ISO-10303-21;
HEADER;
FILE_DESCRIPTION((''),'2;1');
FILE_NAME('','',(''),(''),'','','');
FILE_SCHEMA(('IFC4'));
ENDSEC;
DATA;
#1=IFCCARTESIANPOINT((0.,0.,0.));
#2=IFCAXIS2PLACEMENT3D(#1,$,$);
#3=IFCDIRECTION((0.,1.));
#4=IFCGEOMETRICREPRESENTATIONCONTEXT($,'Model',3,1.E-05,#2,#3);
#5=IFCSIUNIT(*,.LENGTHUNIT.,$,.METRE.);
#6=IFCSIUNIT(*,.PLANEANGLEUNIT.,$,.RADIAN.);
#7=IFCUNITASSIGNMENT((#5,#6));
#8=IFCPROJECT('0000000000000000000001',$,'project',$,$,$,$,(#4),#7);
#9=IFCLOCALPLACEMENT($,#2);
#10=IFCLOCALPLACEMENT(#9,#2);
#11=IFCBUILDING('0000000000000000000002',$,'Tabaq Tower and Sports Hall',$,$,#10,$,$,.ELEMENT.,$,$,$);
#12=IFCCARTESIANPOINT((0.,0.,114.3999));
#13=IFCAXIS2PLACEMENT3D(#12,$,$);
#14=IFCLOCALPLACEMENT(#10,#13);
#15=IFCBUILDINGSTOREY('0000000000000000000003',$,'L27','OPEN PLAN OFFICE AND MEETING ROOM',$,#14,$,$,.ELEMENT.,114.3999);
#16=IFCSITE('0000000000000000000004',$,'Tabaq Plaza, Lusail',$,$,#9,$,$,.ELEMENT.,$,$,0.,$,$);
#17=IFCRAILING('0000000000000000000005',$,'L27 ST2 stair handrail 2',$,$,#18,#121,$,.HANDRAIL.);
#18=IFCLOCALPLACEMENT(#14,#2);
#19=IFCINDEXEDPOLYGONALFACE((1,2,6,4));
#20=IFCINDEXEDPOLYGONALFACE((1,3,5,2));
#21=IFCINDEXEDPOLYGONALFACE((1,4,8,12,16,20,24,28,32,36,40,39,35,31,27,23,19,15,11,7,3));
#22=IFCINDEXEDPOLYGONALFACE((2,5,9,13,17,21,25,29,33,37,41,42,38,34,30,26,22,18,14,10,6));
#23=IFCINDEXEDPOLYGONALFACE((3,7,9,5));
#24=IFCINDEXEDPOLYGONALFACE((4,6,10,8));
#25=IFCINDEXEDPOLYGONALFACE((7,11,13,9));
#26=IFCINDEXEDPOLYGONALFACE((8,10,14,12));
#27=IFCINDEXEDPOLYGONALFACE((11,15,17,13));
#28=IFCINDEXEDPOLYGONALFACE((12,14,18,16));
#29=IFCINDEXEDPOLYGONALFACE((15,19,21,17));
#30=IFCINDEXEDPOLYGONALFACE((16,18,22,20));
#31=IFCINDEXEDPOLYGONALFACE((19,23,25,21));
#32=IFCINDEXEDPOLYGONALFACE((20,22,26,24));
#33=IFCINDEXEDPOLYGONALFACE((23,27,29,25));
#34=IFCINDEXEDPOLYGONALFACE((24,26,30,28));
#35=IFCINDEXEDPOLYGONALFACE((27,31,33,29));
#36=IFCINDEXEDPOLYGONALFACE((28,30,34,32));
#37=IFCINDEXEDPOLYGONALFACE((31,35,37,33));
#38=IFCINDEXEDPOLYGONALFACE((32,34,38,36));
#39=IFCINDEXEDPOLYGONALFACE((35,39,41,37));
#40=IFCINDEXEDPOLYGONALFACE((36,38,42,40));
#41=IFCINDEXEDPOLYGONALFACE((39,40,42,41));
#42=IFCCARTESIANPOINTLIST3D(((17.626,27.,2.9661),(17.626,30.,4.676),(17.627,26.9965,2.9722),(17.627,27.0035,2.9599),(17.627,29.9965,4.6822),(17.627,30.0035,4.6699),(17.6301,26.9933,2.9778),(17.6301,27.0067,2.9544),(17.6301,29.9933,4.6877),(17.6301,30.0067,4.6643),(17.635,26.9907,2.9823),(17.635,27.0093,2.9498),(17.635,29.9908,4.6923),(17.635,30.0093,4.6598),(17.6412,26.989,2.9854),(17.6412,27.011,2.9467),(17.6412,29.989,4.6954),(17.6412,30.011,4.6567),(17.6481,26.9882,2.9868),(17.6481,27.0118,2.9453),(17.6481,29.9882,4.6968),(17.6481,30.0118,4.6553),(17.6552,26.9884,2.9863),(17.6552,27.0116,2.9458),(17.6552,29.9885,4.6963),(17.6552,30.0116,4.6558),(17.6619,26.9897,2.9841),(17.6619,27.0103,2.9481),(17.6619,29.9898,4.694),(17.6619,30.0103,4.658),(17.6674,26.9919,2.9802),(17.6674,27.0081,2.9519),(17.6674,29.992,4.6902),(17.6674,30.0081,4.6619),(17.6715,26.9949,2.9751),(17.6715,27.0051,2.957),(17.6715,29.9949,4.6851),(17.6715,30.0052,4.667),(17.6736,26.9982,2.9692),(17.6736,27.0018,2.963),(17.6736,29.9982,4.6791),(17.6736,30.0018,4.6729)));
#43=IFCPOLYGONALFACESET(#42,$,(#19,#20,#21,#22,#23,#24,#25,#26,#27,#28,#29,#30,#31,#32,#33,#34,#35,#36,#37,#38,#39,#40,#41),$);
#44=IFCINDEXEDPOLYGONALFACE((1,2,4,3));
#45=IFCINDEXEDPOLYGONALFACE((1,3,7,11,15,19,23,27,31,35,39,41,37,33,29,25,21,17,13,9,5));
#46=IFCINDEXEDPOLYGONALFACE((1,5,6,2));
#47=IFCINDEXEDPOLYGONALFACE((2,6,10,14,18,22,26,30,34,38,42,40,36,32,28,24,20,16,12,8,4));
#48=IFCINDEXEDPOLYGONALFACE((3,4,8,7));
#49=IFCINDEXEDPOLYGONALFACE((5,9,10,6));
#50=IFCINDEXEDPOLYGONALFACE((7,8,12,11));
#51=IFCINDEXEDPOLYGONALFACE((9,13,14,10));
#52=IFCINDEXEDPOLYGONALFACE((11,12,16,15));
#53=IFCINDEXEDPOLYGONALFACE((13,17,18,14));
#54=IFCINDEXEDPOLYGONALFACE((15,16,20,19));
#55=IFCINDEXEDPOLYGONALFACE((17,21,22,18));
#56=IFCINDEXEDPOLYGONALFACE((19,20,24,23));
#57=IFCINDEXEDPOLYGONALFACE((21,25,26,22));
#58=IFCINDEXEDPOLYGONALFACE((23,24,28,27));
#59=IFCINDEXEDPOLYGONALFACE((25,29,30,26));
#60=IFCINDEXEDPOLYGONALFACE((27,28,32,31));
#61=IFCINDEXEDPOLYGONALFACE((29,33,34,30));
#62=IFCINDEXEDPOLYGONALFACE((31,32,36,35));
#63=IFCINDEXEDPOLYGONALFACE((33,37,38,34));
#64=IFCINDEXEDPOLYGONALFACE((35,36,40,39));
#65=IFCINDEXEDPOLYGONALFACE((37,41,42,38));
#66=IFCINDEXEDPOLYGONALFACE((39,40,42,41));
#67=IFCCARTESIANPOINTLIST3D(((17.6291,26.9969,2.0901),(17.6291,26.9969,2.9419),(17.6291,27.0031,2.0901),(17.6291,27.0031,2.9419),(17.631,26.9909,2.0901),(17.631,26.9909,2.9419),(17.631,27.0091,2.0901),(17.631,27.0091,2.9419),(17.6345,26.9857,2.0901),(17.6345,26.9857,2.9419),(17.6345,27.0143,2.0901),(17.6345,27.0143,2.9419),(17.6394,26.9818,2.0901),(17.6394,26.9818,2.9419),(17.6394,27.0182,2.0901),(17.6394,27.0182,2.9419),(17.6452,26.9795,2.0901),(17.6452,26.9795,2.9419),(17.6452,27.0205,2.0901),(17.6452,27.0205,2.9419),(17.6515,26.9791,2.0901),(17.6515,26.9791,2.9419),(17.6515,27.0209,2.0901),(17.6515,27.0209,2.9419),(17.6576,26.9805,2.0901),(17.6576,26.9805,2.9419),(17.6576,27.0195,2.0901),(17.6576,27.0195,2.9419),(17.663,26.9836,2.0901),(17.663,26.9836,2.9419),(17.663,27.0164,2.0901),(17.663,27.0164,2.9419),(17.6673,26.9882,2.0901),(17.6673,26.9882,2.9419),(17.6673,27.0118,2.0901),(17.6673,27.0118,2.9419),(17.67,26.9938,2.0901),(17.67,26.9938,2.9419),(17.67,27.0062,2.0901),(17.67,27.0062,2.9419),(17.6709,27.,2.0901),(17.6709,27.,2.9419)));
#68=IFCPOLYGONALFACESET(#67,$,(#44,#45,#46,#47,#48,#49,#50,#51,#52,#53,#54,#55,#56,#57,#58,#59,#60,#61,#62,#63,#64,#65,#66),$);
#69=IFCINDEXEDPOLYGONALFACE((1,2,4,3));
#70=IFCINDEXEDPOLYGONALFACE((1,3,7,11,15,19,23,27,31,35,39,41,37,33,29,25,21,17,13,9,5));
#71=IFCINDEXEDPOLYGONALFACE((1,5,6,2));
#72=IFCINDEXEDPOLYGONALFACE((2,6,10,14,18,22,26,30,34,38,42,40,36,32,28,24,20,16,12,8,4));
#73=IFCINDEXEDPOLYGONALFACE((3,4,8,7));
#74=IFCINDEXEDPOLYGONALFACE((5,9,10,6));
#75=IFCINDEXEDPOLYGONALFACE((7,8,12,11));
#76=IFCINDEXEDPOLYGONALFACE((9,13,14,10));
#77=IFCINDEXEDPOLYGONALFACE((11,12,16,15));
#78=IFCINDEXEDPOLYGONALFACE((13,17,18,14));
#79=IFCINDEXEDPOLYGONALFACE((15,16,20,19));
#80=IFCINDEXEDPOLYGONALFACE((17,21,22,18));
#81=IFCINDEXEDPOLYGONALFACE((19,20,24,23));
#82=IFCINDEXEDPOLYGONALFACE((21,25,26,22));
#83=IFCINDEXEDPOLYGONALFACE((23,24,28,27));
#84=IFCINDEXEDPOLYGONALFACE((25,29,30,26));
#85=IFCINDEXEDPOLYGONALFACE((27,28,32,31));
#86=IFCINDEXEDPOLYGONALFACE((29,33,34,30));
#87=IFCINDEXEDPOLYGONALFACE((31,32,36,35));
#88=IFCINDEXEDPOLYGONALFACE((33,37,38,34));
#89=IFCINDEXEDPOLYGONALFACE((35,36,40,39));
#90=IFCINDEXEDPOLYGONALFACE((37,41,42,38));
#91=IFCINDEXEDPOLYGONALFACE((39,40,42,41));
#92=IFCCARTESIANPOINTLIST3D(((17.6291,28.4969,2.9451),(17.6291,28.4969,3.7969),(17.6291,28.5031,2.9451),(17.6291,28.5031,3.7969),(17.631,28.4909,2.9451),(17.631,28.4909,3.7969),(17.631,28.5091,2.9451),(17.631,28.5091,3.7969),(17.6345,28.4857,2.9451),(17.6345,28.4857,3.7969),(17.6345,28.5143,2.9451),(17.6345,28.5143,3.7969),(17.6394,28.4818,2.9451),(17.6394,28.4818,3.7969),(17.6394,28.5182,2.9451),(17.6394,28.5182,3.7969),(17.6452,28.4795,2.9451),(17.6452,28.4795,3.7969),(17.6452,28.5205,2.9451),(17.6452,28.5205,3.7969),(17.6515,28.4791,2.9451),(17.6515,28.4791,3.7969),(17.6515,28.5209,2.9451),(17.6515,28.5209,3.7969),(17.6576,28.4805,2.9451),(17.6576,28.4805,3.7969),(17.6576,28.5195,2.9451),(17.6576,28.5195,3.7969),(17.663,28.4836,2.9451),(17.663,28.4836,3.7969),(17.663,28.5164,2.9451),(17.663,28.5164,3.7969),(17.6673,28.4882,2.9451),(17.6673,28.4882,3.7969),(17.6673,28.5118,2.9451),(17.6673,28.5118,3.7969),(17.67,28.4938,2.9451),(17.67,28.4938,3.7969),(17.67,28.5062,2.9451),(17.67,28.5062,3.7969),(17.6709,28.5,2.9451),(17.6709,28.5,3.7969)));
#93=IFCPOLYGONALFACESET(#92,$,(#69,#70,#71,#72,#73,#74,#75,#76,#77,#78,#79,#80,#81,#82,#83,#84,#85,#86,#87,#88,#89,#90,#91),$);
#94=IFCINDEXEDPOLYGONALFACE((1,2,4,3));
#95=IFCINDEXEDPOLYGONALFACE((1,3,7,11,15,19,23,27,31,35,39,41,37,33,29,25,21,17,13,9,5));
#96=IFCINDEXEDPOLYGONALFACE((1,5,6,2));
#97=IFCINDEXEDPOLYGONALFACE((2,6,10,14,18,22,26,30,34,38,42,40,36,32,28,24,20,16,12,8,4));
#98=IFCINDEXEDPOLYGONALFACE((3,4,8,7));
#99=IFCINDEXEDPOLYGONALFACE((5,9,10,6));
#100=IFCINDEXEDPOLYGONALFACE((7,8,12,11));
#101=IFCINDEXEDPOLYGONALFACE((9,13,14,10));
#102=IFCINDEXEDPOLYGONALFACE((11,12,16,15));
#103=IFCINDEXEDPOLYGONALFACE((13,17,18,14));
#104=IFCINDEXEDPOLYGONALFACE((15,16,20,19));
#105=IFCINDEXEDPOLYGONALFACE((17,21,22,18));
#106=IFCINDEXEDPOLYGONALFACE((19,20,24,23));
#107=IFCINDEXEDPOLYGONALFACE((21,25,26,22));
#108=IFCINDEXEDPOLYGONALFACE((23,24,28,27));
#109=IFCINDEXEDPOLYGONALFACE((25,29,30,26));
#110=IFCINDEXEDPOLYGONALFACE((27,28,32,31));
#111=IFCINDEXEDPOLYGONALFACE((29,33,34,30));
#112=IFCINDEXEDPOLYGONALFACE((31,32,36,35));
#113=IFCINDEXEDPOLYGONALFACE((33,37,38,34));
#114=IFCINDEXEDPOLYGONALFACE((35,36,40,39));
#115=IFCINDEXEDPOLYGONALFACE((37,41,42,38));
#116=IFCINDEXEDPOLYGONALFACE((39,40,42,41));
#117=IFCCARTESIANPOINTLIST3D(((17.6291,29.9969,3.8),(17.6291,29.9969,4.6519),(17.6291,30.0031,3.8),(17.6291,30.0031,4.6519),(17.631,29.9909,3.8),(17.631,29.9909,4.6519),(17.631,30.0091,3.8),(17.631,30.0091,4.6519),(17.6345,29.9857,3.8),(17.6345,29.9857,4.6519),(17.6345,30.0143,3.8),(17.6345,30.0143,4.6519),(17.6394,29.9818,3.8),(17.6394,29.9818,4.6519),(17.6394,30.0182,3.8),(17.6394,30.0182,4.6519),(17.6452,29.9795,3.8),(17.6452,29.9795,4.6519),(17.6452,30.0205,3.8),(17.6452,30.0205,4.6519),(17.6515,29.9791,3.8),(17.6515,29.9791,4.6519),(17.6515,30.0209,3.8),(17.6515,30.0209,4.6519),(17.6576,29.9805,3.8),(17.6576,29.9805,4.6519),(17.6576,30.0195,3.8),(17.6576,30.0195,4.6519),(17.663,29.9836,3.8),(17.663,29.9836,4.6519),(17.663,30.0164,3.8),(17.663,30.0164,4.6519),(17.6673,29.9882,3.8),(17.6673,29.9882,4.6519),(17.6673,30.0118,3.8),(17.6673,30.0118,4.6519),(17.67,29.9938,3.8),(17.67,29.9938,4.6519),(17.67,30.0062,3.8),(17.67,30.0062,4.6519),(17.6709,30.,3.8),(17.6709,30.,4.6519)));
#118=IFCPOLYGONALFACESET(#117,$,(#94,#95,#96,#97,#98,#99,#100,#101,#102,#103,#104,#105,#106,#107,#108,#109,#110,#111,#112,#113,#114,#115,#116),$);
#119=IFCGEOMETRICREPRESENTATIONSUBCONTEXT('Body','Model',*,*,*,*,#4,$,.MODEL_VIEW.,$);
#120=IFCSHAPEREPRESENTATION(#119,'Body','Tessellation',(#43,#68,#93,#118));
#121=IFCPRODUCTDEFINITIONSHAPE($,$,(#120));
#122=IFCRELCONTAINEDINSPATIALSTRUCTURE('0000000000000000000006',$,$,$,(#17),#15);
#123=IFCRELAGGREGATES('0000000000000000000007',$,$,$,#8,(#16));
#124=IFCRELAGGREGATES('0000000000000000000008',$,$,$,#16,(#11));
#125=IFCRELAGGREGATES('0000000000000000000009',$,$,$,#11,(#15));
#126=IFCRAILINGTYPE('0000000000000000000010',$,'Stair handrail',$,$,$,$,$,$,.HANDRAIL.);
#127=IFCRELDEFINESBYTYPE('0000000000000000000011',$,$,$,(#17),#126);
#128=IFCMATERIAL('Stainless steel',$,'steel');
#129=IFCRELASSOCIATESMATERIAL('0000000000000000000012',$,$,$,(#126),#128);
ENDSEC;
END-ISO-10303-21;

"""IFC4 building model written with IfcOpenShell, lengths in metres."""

from ifc_helpers import new_model, si_unit, direction, frame, origin, origin_2d, place, context, subcontext, project, spatial, circle, extrude, material, type_object, element, save


model = new_model("IFC4")

# Units and contexts
model_context = context("Model", 3, precision=1e-05, world=origin(), true_north=direction((0.0, 1.0)))
body_context = subcontext(model_context, "Body", "Model", "MODEL_VIEW")
ifc_project = project(units=[si_unit("LENGTHUNIT", "METRE"), si_unit("PLANEANGLEUNIT", "RADIAN")], contexts=[model_context])

# Site, building, storey
site_placement = place(None, origin())
site = spatial("IfcSite", under=ifc_project, at=site_placement, Name="Tabaq Plaza, Lusail", CompositionType="ELEMENT", RefElevation=0.0)
building_placement = place(site_placement, origin())
building = spatial("IfcBuilding", under=site, at=building_placement, Name="Tabaq Tower and Sports Hall", CompositionType="ELEMENT")
storey_placement = place(building_placement, frame((0.0, 0.0, 114.3999)))
storey = spatial("IfcBuildingStorey", under=building, at=storey_placement, Name="L27", Description="OPEN PLAN OFFICE AND MEETING ROOM", CompositionType="ELEMENT", Elevation=114.3999)

# Railing
ifc_material_1 = material(Name="Stainless steel", Category="steel")
railing_type_1 = type_object("IfcRailingType", Name="Stair handrail", PredefinedType="HANDRAIL", material=ifc_material_1)
railing_1_placement = place(storey_placement, frame((17.6499, 27.0, 2.0901)))
element("IfcRailing", 1, at=railing_1_placement, inside=storey, type_object=railing_type_1, Name="L27 ST2 stair handrail 2", PredefinedType="HANDRAIL", context=body_context, shape_type="SweptSolid", body=[
    extrude(circle(Radius=0.0239, at=origin_2d()), frame((0.0, 0.0, 0.876), z_axis=(0.0, 0.868782, 0.495195), x_axis=(-1.0, 0.0, 0.0)), (0.0, 0.0, 1.0), 3.4531),
    extrude(circle(Radius=0.021, at=origin_2d()), origin(), (0.0, 0.0, 1.0), 0.8518),
    extrude(circle(Radius=0.021, at=origin_2d()), frame((0.0, 1.5, 0.855)), (0.0, 0.0, 1.0), 0.8518),
    extrude(circle(Radius=0.021, at=origin_2d()), frame((0.0, 3.0, 1.71)), (0.0, 0.0, 1.0), 0.8518),
])

save(model, "model.ifc")
